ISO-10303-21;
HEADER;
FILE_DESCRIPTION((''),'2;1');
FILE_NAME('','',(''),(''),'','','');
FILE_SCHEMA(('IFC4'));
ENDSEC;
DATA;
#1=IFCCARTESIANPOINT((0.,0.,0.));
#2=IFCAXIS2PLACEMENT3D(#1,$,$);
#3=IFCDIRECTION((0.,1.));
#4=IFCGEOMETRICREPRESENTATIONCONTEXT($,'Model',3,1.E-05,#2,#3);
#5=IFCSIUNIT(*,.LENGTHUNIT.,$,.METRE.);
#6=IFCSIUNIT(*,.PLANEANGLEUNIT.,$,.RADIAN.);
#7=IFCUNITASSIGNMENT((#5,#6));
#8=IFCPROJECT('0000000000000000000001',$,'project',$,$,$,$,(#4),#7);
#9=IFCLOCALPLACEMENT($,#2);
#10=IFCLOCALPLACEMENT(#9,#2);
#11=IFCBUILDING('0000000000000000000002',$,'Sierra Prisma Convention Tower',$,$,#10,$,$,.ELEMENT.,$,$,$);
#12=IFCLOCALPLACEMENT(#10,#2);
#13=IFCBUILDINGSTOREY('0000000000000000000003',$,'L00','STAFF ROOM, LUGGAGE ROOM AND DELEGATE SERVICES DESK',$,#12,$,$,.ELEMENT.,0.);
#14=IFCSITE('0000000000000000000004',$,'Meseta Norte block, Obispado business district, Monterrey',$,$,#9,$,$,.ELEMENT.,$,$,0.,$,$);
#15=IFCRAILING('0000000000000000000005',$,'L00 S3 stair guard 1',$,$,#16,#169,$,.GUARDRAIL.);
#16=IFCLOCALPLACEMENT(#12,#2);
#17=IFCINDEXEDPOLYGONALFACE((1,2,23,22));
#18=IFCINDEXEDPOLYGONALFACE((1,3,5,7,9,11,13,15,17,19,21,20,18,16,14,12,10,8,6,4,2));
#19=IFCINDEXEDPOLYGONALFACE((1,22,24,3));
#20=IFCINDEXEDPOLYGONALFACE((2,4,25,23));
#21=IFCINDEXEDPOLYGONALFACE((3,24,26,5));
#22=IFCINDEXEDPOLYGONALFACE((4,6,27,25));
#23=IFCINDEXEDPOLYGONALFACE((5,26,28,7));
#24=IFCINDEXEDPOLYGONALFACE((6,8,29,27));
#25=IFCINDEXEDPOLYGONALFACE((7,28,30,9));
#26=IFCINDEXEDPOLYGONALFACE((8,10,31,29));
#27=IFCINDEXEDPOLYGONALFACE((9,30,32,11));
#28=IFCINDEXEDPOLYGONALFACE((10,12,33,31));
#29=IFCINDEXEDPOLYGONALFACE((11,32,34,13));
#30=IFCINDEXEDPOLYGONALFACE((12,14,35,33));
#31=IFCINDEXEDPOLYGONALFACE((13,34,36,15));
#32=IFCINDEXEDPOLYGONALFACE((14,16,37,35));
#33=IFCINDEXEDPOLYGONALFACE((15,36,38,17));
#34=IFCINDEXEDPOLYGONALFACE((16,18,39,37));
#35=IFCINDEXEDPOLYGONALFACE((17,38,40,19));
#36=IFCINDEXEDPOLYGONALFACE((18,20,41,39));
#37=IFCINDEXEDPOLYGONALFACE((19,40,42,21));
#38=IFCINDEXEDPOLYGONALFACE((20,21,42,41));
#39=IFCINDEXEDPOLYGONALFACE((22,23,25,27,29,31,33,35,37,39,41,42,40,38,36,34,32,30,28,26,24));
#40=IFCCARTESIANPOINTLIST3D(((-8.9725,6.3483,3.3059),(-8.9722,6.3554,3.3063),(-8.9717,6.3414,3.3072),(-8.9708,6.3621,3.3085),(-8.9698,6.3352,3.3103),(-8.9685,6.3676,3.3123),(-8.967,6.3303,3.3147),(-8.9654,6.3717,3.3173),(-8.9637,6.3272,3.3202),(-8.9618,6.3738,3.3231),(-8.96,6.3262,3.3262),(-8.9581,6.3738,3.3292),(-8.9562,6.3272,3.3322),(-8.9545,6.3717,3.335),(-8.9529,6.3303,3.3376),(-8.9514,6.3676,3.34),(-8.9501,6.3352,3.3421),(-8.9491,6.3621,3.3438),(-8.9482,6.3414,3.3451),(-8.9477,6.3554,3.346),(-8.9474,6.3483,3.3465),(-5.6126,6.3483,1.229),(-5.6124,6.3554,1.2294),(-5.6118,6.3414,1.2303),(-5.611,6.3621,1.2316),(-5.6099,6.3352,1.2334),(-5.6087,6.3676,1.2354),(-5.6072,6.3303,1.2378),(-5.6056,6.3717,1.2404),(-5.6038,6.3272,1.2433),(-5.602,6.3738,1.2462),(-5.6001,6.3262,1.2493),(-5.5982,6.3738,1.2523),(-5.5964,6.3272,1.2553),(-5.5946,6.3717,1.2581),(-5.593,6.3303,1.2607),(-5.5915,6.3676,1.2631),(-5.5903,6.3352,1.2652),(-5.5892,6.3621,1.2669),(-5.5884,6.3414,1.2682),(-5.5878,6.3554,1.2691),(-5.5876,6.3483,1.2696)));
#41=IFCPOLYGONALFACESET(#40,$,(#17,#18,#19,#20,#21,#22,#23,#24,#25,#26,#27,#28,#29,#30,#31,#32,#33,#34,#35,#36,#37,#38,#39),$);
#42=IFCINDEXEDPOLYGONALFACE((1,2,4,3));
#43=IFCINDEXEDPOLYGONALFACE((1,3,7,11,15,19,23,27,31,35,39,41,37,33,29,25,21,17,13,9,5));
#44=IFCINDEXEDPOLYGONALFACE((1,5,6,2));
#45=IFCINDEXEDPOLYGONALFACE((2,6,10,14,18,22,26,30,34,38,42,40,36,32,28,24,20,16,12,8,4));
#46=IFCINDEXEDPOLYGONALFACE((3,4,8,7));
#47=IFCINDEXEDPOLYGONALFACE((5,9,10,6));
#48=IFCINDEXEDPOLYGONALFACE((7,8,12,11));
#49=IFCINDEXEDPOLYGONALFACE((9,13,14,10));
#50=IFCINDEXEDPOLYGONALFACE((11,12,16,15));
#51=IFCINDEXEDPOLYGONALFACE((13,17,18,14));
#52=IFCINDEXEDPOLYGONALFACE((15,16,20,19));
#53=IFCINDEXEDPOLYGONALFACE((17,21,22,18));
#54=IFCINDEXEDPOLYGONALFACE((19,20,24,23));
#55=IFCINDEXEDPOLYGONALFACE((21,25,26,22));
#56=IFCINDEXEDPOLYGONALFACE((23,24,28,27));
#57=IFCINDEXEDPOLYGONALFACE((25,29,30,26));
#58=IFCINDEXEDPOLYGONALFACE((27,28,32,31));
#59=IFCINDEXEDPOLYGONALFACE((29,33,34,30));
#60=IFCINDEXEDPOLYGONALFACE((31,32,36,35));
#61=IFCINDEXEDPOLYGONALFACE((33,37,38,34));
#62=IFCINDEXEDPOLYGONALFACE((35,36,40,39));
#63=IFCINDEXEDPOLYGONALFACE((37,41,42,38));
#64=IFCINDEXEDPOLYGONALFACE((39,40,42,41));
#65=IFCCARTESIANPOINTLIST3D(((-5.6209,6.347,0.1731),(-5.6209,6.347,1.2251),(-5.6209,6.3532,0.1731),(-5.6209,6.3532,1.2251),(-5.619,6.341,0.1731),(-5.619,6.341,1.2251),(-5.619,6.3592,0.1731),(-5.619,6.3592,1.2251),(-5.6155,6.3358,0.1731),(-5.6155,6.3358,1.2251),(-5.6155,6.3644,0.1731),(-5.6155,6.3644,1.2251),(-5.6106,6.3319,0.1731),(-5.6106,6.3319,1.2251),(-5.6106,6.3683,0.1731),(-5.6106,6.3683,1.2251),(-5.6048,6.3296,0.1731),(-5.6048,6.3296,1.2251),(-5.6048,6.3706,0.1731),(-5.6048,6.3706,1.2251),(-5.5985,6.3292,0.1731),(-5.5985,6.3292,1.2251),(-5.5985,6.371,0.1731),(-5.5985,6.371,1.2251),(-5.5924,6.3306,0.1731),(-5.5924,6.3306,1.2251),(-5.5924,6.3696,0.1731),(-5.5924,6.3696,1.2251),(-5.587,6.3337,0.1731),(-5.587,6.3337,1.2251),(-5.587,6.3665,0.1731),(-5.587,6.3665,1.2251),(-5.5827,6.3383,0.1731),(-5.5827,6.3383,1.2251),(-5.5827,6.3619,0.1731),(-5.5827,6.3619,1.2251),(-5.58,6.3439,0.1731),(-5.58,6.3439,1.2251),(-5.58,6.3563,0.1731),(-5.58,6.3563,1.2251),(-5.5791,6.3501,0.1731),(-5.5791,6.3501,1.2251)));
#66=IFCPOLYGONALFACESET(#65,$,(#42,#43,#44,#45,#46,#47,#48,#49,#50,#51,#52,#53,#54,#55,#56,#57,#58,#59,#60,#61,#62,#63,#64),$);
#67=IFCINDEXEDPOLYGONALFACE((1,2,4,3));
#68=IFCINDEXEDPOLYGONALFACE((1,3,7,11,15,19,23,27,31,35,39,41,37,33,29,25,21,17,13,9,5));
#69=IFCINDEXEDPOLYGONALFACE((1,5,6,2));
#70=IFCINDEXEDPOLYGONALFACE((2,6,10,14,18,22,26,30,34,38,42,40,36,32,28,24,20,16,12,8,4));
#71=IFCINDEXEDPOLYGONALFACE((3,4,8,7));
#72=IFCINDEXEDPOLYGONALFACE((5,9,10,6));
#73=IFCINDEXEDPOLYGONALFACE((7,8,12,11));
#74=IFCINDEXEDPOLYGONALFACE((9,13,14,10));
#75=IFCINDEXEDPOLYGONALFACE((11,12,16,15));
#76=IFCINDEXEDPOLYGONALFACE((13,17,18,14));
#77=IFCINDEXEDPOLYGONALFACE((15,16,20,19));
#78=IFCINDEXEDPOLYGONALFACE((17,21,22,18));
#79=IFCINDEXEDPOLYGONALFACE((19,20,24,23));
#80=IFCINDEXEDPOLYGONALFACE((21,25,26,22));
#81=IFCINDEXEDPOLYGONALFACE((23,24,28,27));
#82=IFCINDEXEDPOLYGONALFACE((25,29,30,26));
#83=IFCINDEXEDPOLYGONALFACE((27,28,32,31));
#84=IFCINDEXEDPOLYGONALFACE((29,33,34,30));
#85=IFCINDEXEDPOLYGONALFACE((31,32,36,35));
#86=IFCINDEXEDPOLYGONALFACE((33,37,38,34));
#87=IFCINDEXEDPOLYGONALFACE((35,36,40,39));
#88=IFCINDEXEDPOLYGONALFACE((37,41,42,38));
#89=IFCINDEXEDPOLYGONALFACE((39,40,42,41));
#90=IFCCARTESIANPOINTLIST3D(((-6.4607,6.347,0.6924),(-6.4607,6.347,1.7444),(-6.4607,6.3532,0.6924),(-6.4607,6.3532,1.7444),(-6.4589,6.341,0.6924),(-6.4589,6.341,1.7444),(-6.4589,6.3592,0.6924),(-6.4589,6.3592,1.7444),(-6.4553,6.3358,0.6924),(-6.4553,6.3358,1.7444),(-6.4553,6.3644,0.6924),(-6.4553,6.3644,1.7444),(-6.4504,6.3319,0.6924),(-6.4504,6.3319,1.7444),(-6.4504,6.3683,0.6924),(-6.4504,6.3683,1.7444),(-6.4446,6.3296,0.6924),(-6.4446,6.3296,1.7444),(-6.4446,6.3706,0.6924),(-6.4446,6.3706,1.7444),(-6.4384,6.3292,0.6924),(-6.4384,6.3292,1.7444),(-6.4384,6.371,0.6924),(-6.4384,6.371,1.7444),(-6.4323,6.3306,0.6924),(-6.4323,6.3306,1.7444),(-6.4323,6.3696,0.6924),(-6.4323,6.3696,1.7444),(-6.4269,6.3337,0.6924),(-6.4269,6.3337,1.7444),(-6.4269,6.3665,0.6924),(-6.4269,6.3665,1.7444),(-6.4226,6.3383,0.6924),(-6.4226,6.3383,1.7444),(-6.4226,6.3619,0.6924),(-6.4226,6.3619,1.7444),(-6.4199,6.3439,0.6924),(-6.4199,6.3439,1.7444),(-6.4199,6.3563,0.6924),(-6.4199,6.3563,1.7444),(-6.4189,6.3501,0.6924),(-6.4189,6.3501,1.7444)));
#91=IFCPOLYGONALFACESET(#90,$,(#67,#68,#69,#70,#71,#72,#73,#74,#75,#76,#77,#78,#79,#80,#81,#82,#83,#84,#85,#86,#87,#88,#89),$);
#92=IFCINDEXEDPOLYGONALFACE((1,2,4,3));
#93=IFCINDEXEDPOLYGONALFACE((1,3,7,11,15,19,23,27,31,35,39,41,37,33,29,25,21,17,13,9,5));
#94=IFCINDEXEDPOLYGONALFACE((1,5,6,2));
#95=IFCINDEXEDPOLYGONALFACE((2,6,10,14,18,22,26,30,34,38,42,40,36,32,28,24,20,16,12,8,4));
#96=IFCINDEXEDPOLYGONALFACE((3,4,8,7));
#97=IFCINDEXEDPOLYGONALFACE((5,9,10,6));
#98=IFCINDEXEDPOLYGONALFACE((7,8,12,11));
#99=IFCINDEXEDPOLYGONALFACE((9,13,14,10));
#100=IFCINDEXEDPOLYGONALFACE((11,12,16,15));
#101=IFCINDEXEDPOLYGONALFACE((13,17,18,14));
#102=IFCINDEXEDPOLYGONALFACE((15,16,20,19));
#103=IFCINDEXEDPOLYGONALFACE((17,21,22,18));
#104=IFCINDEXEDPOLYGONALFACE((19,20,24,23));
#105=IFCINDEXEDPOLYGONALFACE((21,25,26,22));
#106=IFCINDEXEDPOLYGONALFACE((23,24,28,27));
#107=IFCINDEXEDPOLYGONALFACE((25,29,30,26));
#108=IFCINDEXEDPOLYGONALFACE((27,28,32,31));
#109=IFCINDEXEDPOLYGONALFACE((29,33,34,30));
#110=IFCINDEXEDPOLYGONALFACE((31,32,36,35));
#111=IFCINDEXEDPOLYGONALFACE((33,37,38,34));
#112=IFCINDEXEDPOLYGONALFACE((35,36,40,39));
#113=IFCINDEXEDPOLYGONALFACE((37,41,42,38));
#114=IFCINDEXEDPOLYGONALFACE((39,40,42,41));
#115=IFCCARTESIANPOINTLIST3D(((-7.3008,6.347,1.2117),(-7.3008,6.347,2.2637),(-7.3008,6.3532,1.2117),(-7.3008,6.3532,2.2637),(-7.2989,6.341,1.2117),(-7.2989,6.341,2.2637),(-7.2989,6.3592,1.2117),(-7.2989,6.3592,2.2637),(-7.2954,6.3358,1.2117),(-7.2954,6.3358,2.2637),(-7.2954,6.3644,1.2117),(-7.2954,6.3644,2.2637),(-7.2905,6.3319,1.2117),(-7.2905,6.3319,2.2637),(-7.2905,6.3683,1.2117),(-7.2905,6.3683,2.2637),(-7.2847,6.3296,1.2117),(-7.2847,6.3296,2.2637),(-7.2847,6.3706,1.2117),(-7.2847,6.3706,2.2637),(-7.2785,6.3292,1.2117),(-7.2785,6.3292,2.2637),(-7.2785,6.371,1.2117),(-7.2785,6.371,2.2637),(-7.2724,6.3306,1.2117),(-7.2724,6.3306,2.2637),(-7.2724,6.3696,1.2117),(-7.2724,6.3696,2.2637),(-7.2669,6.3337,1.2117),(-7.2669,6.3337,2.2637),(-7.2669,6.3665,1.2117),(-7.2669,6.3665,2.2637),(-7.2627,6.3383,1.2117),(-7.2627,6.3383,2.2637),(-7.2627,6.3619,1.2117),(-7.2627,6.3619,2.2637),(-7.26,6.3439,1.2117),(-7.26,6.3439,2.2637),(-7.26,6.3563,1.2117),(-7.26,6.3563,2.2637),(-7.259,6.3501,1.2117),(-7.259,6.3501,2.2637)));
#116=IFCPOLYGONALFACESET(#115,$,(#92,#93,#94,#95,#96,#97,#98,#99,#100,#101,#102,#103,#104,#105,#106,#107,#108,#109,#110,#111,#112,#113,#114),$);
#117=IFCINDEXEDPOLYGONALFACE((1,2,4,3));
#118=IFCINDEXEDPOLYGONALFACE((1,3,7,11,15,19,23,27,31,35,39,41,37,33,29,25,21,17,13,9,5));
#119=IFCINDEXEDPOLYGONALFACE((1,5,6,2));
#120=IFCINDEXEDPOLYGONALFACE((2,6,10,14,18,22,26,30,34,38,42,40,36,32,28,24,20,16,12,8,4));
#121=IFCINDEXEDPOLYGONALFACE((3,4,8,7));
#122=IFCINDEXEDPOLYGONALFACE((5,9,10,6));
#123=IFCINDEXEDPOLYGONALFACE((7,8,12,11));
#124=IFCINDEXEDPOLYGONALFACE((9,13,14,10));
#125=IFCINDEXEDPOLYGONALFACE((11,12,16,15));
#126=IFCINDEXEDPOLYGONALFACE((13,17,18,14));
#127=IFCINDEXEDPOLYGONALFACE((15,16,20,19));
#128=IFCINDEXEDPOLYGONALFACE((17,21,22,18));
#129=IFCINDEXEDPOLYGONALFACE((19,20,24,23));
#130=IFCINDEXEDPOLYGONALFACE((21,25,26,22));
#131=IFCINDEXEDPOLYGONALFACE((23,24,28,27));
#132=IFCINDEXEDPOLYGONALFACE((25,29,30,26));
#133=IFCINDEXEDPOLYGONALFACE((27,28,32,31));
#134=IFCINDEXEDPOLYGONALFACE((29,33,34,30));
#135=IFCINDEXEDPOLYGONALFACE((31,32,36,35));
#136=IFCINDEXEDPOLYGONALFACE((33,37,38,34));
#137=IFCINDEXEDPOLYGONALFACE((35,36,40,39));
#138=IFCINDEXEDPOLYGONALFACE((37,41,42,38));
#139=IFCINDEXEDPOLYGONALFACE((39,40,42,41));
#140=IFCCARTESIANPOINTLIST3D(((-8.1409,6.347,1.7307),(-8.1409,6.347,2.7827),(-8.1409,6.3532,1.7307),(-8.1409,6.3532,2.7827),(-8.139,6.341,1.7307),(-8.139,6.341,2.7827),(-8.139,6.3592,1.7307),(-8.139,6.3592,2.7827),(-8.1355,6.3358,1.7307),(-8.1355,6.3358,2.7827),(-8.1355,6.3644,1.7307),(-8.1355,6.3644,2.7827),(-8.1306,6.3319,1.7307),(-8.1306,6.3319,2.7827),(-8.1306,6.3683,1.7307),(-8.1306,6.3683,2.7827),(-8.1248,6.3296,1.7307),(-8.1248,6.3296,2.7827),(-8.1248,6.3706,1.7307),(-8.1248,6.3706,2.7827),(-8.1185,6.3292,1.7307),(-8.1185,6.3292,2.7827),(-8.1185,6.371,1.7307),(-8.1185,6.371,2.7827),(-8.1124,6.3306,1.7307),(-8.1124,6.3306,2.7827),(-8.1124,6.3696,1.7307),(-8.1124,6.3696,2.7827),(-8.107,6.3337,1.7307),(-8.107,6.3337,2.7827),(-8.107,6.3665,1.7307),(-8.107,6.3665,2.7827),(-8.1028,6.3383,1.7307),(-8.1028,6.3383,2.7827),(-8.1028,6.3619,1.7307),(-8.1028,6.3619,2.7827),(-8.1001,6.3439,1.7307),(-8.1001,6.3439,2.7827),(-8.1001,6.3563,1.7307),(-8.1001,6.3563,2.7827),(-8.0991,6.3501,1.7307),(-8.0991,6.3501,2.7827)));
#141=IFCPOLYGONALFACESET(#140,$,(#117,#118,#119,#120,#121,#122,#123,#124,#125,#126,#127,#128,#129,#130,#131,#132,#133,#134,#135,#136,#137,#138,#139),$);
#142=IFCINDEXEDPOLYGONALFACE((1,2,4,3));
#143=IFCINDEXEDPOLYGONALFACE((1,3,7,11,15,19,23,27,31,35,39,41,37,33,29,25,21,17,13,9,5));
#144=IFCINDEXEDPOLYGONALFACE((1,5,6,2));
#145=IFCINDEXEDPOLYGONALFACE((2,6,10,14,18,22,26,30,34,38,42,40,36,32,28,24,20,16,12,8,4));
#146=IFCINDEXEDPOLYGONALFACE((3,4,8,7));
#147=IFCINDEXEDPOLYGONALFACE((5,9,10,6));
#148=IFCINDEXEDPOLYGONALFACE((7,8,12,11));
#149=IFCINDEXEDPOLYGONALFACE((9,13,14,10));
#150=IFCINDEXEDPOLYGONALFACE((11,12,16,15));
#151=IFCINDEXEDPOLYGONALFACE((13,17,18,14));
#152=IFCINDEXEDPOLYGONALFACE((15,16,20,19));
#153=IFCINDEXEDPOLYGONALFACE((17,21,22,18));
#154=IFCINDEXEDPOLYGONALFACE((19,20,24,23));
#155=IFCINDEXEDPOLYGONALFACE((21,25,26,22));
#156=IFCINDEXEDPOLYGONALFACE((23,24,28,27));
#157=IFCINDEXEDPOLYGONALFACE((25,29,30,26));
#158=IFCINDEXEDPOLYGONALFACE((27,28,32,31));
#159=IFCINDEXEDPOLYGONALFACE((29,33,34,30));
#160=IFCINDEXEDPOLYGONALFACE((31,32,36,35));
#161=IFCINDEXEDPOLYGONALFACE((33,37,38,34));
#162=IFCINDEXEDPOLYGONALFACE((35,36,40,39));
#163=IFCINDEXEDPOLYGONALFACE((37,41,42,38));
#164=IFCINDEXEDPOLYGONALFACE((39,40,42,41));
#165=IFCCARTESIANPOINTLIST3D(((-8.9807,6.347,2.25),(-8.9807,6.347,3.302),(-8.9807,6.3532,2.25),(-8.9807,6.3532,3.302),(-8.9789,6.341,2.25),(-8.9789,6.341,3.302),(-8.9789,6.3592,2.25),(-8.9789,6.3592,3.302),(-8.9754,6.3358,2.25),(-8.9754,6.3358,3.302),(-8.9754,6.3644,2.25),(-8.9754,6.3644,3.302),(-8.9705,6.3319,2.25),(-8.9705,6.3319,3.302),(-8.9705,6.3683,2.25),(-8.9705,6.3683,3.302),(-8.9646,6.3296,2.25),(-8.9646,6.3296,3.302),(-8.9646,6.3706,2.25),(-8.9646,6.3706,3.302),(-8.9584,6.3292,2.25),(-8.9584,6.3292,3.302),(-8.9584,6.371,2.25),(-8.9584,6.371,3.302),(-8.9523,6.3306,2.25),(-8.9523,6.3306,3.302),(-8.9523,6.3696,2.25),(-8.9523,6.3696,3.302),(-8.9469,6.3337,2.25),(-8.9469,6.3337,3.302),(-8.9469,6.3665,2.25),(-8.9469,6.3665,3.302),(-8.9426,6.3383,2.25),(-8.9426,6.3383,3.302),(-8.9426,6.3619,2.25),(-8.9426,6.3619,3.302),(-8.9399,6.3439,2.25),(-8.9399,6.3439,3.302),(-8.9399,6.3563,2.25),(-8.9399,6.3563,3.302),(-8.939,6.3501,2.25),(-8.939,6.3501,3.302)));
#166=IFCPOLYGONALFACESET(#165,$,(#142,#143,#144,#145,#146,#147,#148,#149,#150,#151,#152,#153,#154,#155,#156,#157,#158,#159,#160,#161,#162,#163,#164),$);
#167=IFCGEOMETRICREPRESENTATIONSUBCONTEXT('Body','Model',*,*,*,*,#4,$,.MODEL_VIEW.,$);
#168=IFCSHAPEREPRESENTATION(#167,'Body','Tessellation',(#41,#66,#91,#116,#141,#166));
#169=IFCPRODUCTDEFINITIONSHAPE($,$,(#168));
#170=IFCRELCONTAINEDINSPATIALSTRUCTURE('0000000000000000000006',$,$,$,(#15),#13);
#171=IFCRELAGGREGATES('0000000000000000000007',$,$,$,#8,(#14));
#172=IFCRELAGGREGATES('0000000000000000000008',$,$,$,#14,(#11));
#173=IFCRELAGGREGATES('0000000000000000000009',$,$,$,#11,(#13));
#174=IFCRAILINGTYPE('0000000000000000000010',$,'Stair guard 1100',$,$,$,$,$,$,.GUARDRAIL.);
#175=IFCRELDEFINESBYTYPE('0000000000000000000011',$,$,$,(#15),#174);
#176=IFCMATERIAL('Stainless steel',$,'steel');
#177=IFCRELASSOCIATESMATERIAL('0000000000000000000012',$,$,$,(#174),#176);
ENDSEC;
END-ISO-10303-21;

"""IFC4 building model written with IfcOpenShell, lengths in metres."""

from ifc_helpers import new_model, si_unit, direction, frame, origin, origin_2d, place, context, subcontext, project, spatial, circle, extrude, material, type_object, element, save


model = new_model("IFC4")

# Units and contexts
model_context = context("Model", 3, precision=1e-05, world=origin(), true_north=direction((0.0, 1.0)))
body_context = subcontext(model_context, "Body", "Model", "MODEL_VIEW")
ifc_project = project(units=[si_unit("LENGTHUNIT", "METRE"), si_unit("PLANEANGLEUNIT", "RADIAN")], contexts=[model_context])

# Site, building, storey
site_placement = place(None, origin())
site = spatial("IfcSite", under=ifc_project, at=site_placement, Name="Meseta Norte block, Obispado business district, Monterrey", CompositionType="ELEMENT", RefElevation=0.0)
building_placement = place(site_placement, origin())
building = spatial("IfcBuilding", under=site, at=building_placement, Name="Sierra Prisma Convention Tower", CompositionType="ELEMENT")
storey_placement = place(building_placement, origin())
storey = spatial("IfcBuildingStorey", under=building, at=storey_placement, Name="L00", Description="STAFF ROOM, LUGGAGE ROOM AND DELEGATE SERVICES DESK", CompositionType="ELEMENT", Elevation=0.0)

# Railing
ifc_material_1 = material(Name="Stainless steel", Category="steel")
railing_type_1 = type_object("IfcRailingType", Name="Stair guard 1100", PredefinedType="GUARDRAIL", material=ifc_material_1)
railing_1_placement = place(storey_placement, frame((-5.6001, 6.3501, 0.1731)))
element("IfcRailing", 1, at=railing_1_placement, inside=storey, type_object=railing_type_1, Name="L00 S3 stair guard 1", PredefinedType="GUARDRAIL", context=body_context, shape_type="SweptSolid", body=[
    extrude(circle(Radius=0.0239, at=origin_2d()), frame((0.0, 0.0, 1.0762), z_axis=(-0.850606, 0.0, 0.525803), x_axis=(0.0, -1.0, 0.0)), (0.0, 0.0, 1.0), 3.95),
    extrude(circle(Radius=0.021, at=origin_2d()), origin(), (0.0, 0.0, 1.0), 1.052),
    extrude(circle(Radius=0.021, at=origin_2d()), frame((-0.8398, 0.0, 0.5193)), (0.0, 0.0, 1.0), 1.052),
    extrude(circle(Radius=0.021, at=origin_2d()), frame((-1.6799, 0.0, 1.0386)), (0.0, 0.0, 1.0), 1.052),
    extrude(circle(Radius=0.021, at=origin_2d()), frame((-2.52, 0.0, 1.5576)), (0.0, 0.0, 1.0), 1.052),
    extrude(circle(Radius=0.021, at=origin_2d()), frame((-3.3599, 0.0, 2.0769)), (0.0, 0.0, 1.0), 1.052),
])

save(model, "model.ifc")
